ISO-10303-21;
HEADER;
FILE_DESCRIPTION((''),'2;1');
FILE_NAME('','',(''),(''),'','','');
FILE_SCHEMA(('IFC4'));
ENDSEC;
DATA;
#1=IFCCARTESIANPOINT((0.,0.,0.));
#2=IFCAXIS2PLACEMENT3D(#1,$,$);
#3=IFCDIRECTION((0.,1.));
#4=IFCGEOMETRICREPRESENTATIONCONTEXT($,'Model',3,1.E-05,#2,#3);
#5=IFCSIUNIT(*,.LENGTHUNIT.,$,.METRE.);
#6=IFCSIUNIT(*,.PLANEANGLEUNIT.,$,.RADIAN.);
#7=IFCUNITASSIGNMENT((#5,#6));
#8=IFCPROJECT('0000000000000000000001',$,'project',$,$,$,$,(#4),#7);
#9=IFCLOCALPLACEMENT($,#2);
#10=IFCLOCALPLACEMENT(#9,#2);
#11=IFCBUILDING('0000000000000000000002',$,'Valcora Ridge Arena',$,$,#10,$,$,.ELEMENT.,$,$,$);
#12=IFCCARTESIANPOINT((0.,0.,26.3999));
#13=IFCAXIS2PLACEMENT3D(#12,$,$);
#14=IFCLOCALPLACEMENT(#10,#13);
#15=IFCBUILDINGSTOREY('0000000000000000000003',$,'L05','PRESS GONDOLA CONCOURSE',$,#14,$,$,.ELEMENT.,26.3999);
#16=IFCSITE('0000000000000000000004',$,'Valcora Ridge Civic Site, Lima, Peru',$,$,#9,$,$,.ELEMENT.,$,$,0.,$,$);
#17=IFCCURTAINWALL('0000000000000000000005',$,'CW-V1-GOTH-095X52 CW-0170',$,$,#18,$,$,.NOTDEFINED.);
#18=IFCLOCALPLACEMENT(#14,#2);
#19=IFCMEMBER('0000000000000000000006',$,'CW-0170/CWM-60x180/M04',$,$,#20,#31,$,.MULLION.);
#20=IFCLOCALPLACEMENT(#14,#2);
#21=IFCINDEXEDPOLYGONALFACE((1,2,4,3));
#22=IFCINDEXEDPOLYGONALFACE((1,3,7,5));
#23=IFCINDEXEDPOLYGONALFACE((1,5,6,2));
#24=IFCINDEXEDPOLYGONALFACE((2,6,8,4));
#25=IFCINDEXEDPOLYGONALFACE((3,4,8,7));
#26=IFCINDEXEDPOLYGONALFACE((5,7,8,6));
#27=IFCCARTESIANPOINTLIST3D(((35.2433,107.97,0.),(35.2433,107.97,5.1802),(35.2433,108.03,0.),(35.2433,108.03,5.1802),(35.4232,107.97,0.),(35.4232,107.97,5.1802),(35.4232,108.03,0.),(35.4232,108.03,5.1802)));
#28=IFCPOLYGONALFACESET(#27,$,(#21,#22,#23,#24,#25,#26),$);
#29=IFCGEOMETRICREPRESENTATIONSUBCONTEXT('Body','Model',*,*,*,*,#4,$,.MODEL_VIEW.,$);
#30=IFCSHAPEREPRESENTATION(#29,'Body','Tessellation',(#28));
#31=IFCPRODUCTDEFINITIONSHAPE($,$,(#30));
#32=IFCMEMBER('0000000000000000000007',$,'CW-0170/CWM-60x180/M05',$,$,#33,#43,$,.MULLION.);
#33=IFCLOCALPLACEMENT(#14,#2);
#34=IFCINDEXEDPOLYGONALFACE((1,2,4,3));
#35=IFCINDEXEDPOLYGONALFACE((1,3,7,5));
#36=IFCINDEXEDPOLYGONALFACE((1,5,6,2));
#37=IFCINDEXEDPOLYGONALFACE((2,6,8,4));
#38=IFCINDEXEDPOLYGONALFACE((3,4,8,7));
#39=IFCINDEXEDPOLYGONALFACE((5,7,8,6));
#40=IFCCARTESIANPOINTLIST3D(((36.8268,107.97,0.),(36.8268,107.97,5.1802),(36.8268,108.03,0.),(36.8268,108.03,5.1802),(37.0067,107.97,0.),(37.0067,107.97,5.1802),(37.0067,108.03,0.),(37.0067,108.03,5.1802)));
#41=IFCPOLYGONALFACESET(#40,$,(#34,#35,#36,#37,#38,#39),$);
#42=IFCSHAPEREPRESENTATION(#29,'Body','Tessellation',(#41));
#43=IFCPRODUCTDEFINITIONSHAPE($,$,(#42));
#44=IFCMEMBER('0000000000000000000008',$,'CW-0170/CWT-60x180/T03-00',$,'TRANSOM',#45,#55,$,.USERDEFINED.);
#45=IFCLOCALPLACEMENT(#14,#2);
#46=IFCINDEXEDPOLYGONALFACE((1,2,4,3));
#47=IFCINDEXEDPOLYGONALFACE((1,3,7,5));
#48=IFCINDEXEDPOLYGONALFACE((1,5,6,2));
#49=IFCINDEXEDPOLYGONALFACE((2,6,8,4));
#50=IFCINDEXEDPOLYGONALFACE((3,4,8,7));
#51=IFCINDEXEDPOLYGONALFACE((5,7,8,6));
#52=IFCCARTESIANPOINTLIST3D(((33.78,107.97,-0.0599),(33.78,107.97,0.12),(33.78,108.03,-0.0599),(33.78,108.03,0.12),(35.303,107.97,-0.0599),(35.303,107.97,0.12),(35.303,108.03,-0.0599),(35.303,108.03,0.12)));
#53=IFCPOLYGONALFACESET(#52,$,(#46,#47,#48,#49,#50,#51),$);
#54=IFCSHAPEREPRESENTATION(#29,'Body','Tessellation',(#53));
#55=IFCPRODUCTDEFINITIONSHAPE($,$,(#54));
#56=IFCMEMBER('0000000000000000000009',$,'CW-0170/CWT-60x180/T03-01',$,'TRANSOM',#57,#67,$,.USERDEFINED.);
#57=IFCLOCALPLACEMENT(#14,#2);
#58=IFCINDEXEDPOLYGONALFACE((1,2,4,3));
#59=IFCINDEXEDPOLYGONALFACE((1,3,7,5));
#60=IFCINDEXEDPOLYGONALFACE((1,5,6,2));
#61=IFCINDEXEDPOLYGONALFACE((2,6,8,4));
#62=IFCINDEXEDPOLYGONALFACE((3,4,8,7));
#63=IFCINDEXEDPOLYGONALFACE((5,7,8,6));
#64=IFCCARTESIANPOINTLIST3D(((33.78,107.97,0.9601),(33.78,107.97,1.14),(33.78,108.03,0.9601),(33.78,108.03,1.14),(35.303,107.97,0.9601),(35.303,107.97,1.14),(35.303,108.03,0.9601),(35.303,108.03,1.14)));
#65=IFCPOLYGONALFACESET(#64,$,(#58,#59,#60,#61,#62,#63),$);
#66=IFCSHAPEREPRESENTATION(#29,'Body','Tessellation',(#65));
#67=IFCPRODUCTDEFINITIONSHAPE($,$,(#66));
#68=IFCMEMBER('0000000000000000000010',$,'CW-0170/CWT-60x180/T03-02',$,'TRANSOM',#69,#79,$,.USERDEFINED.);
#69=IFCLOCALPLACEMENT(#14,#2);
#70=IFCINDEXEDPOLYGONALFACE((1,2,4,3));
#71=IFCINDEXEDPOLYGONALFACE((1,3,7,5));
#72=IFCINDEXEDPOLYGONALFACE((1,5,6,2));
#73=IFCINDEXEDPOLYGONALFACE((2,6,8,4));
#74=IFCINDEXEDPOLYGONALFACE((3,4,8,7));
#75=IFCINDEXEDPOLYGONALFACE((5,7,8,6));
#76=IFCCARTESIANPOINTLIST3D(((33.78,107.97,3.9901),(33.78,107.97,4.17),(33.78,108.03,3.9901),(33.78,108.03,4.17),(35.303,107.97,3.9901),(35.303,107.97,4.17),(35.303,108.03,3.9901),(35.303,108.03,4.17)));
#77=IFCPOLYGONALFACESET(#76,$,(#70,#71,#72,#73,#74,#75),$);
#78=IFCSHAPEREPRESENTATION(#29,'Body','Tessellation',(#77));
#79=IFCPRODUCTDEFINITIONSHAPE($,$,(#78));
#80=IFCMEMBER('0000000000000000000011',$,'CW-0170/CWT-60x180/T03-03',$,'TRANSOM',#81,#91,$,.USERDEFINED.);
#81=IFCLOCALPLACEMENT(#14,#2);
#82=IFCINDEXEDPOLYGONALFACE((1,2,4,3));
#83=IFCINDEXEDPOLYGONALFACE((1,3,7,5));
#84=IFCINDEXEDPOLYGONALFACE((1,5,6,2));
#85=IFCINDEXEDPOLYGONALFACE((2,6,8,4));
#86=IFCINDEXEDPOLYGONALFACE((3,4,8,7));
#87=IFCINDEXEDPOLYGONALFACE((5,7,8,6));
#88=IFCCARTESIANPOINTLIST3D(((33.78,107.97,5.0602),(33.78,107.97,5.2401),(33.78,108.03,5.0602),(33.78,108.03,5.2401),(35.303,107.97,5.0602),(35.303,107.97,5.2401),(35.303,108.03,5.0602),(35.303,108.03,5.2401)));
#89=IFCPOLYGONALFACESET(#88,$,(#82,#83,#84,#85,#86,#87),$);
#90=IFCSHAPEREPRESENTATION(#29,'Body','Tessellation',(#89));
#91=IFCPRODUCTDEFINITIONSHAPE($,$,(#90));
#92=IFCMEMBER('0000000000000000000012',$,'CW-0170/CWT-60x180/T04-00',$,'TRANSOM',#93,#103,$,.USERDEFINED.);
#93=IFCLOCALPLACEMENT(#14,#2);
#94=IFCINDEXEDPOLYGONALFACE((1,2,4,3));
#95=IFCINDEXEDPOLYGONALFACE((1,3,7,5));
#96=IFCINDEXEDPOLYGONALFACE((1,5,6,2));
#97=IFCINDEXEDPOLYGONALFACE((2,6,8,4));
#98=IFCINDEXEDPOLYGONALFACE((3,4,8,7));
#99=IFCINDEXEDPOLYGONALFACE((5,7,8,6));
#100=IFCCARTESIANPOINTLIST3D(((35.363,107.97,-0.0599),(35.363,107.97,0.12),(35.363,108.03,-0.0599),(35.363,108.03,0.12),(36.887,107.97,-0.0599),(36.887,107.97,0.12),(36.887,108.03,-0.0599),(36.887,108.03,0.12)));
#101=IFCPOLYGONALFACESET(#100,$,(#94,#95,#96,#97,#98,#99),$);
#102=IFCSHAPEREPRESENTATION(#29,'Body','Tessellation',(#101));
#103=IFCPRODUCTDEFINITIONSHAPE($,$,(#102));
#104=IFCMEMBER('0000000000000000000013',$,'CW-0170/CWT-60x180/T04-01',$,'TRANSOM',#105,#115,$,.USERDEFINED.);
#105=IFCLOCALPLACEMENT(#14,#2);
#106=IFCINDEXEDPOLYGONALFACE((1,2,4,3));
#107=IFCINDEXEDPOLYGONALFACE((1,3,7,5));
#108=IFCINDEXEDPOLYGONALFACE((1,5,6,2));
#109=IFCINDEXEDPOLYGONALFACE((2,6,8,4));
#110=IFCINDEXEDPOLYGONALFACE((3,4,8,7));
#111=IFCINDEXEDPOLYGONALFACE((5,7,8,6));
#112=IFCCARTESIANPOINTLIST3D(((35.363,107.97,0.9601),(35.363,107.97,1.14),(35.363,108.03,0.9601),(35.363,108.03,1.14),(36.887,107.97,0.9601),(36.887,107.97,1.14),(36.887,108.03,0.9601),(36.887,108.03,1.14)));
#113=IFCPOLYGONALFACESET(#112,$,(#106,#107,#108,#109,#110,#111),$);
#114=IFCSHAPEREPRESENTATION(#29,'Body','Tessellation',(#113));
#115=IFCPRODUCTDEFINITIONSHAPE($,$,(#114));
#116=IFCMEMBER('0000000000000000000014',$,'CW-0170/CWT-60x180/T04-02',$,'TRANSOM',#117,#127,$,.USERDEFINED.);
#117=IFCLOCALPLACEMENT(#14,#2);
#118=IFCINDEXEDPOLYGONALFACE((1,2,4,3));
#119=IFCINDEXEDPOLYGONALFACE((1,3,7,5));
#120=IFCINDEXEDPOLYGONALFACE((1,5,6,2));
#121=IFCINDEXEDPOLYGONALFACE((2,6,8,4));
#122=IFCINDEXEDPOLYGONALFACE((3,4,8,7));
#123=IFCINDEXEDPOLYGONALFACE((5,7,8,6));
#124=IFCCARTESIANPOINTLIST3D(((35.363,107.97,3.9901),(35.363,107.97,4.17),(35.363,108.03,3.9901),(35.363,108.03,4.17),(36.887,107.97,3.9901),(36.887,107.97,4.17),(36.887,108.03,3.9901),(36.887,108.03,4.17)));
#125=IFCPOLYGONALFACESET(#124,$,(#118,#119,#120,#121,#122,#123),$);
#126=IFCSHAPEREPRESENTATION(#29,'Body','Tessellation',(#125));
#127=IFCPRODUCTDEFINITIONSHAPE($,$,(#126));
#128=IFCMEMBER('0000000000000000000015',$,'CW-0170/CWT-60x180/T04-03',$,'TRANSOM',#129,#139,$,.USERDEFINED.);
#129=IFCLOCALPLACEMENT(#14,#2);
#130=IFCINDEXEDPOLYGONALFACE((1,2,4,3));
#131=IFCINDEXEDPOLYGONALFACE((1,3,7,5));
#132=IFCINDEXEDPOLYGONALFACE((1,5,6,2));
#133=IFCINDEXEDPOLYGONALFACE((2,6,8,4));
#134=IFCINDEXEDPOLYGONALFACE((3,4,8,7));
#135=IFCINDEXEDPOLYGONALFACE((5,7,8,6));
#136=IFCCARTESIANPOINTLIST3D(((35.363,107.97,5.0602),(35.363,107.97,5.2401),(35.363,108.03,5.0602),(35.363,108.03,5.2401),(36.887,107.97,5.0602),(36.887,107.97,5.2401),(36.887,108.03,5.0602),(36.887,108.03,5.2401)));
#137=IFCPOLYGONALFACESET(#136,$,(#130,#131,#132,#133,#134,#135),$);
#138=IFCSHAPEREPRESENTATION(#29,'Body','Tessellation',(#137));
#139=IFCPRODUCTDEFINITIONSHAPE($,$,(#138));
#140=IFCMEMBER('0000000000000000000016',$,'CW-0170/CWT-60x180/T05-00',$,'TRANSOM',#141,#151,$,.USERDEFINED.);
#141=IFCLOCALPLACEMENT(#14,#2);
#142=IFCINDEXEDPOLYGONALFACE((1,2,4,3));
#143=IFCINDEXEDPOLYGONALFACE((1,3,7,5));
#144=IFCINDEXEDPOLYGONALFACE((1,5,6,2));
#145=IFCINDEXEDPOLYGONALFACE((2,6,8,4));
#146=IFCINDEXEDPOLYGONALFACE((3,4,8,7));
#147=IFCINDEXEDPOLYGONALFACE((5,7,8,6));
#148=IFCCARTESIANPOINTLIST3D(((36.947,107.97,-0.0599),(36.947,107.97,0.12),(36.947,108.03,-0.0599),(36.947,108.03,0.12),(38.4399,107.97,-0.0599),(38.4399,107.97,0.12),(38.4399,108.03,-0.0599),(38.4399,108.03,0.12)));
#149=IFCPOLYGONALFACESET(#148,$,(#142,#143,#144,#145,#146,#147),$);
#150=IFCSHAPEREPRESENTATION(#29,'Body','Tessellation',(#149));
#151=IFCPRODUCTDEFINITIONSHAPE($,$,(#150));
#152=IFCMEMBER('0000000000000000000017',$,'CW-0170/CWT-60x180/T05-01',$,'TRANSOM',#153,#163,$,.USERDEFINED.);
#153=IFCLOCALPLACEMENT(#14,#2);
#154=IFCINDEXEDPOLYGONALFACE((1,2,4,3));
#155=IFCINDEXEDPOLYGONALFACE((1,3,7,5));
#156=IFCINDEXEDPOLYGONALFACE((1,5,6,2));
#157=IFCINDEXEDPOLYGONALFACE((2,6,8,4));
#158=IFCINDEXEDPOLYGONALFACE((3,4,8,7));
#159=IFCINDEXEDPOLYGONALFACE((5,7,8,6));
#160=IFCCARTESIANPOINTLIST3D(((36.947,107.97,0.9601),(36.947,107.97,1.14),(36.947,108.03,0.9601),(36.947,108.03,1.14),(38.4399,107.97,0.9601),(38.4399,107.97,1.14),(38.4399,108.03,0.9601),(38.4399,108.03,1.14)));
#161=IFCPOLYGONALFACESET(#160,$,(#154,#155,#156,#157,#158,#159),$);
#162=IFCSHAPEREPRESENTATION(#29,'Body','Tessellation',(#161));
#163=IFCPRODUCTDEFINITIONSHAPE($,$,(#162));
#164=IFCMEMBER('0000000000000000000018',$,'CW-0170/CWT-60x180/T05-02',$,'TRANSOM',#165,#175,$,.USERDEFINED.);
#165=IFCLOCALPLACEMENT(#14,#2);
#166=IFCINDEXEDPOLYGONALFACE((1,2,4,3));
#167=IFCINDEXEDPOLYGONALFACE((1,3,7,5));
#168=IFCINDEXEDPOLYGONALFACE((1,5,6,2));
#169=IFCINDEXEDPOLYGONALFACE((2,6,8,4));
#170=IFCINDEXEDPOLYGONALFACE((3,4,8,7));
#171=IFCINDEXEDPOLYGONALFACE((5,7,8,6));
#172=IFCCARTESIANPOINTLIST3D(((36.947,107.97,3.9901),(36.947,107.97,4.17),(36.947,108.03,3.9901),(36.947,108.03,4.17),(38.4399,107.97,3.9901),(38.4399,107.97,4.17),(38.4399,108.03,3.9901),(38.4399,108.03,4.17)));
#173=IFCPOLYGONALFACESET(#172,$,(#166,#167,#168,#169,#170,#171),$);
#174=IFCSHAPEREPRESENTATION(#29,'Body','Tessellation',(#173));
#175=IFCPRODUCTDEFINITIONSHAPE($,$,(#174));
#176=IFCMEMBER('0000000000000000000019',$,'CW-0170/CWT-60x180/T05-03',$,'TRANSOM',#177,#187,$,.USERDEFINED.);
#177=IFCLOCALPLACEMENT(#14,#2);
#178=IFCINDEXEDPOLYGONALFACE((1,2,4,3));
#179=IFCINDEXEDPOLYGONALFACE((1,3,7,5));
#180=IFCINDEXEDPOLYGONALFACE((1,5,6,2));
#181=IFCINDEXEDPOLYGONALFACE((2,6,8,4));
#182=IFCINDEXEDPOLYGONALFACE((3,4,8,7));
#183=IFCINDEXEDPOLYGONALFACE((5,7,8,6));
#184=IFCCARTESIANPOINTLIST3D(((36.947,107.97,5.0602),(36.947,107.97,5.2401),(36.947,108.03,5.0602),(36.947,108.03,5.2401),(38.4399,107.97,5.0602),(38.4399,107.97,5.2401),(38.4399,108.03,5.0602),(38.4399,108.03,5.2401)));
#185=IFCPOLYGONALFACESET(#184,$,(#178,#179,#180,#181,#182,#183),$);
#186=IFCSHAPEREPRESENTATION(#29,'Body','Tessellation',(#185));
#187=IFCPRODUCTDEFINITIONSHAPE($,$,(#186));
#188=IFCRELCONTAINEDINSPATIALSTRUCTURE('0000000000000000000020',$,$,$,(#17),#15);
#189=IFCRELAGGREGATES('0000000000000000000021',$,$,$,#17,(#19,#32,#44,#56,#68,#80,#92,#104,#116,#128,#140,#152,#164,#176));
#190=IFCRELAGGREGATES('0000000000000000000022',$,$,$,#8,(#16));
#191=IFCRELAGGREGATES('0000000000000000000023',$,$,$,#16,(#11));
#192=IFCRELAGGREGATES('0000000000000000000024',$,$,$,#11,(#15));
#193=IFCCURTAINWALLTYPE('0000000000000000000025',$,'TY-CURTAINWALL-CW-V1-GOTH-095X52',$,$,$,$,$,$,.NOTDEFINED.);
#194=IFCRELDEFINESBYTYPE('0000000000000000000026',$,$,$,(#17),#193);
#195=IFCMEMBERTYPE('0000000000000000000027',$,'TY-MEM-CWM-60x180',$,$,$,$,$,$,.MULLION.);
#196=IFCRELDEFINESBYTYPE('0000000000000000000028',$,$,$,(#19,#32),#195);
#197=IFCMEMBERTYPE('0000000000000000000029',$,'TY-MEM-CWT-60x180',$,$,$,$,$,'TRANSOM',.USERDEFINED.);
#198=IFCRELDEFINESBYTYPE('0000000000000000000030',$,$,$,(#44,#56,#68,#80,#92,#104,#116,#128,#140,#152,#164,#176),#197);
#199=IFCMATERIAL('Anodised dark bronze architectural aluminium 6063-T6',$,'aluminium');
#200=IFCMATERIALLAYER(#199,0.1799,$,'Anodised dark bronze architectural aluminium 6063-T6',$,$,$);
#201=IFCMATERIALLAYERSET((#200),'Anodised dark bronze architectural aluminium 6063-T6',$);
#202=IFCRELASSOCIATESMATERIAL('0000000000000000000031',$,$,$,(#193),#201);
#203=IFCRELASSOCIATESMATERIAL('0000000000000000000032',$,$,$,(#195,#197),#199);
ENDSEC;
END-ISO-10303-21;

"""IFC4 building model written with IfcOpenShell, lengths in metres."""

from ifc_helpers import new_model, si_unit, direction, frame, origin, origin_2d, place, context, subcontext, project, spatial, rectangle, extrude, material, layer, layer_set, material_profile, profile_set, type_object, element, aggregate, save


model = new_model("IFC4")

# Units and contexts
model_context = context("Model", 3, precision=1e-05, world=origin(), true_north=direction((0.0, 1.0)))
body_context = subcontext(model_context, "Body", "Model", "MODEL_VIEW")
ifc_project = project(units=[si_unit("LENGTHUNIT", "METRE"), si_unit("PLANEANGLEUNIT", "RADIAN")], contexts=[model_context])

# Site, building, storey
site_placement = place(None, origin())
site = spatial("IfcSite", under=ifc_project, at=site_placement, Name="Valcora Ridge Civic Site, Lima, Peru", CompositionType="ELEMENT", RefElevation=0.0)
building_placement = place(site_placement, origin())
building = spatial("IfcBuilding", under=site, at=building_placement, Name="Valcora Ridge Arena", CompositionType="ELEMENT")
storey_placement = place(building_placement, frame((0.0, 0.0, 26.3999)))
storey = spatial("IfcBuildingStorey", under=building, at=storey_placement, Name="L05", Description="PRESS GONDOLA CONCOURSE", CompositionType="ELEMENT", Elevation=26.3999)

# Curtain wall, members
ifc_material_1 = material(Name="Anodised dark bronze architectural aluminium 6063-T6", Category="aluminium")
ifc_layer_1 = layer(ifc_material_1, 0.1799, Name="Anodised dark bronze architectural aluminium 6063-T6")
ifc_layer_set_1 = layer_set([ifc_layer_1], Name="Anodised dark bronze architectural aluminium 6063-T6")
curtain_wall_type = type_object("IfcCurtainWallType", Name="TY-CURTAINWALL-CW-V1-GOTH-095X52", PredefinedType="NOTDEFINED", material=ifc_layer_set_1)
curtain_wall_placement = place(storey_placement, origin())
curtain_wall = element("IfcCurtainWall", 1, at=curtain_wall_placement, inside=storey, type_object=curtain_wall_type, Name="CW-V1-GOTH-095X52 CW-0170", PredefinedType="NOTDEFINED")
ifc_material_profile_1 = material_profile(ifc_material_1, rectangle(XDim=0.0601, YDim=0.1799, at=origin_2d()), Name="ALU MULLION 60x180")
ifc_profile_set_1 = profile_set([ifc_material_profile_1], Name="Anodised dark bronze architectural aluminium 6063-T6")
member_type_1 = type_object("IfcMemberType", Name="TY-MEM-CWM-60x180", PredefinedType="MULLION", material=ifc_profile_set_1)
member_1_placement = place(storey_placement, frame((35.3333, 108.0, 0.0), z_axis=(0.0, 0.0, 1.0), x_axis=(0.0, 1.0, 0.0)))
member_1 = element("IfcMember", 2, at=member_1_placement, type_object=member_type_1, Name="CW-0170/CWM-60x180/M04", PredefinedType="MULLION", context=body_context, shape_type="SweptSolid", body=[
    extrude(rectangle(XDim=0.0601, YDim=0.1799, at=origin_2d()), origin(), (0.0, 0.0, 1.0), 5.1802),
])
member_2_placement = place(storey_placement, frame((36.9167, 108.0, 0.0), z_axis=(0.0, 0.0, 1.0), x_axis=(0.0, 1.0, 0.0)))
member_2 = element("IfcMember", 3, at=member_2_placement, type_object=member_type_1, Name="CW-0170/CWM-60x180/M05", PredefinedType="MULLION", context=body_context, shape_type="SweptSolid", body=[
    extrude(rectangle(XDim=0.0601, YDim=0.1799, at=origin_2d()), origin(), (0.0, 0.0, 1.0), 5.1802),
])
ifc_material_profile_2 = material_profile(ifc_material_1, rectangle(XDim=0.0601, YDim=0.1799, at=origin_2d()), Name="ALU TRANSOM 60x180")
ifc_profile_set_2 = profile_set([ifc_material_profile_2], Name="Anodised dark bronze architectural aluminium 6063-T6")
member_type_2 = type_object("IfcMemberType", Name="TY-MEM-CWT-60x180", ElementType="TRANSOM", PredefinedType="USERDEFINED", material=ifc_profile_set_2)
member_3_placement = place(storey_placement, frame((33.78, 108.0, 0.03), z_axis=(1.0, 0.0, 0.0), x_axis=(0.0, 1.0, 0.0)))
member_3 = element("IfcMember", 4, at=member_3_placement, type_object=member_type_2, Name="CW-0170/CWT-60x180/T03-00", ObjectType="TRANSOM", PredefinedType="USERDEFINED", context=body_context, shape_type="SweptSolid", body=[
    extrude(rectangle(XDim=0.0601, YDim=0.1799, at=origin_2d()), origin(), (0.0, 0.0, 1.0), 1.5229),
])
member_4_placement = place(storey_placement, frame((33.78, 108.0, 1.05), z_axis=(1.0, 0.0, 0.0), x_axis=(0.0, 1.0, 0.0)))
member_4 = element("IfcMember", 5, at=member_4_placement, type_object=member_type_2, Name="CW-0170/CWT-60x180/T03-01", ObjectType="TRANSOM", PredefinedType="USERDEFINED", context=body_context, shape_type="SweptSolid", body=[
    extrude(rectangle(XDim=0.0601, YDim=0.1799, at=origin_2d()), origin(), (0.0, 0.0, 1.0), 1.5229),
])
member_5_placement = place(storey_placement, frame((33.78, 108.0, 4.0801), z_axis=(1.0, 0.0, 0.0), x_axis=(0.0, 1.0, 0.0)))
member_5 = element("IfcMember", 6, at=member_5_placement, type_object=member_type_2, Name="CW-0170/CWT-60x180/T03-02", ObjectType="TRANSOM", PredefinedType="USERDEFINED", context=body_context, shape_type="SweptSolid", body=[
    extrude(rectangle(XDim=0.0601, YDim=0.1799, at=origin_2d()), origin(), (0.0, 0.0, 1.0), 1.5229),
])
member_6_placement = place(storey_placement, frame((33.78, 108.0, 5.1501), z_axis=(1.0, 0.0, 0.0), x_axis=(0.0, 1.0, 0.0)))
member_6 = element("IfcMember", 7, at=member_6_placement, type_object=member_type_2, Name="CW-0170/CWT-60x180/T03-03", ObjectType="TRANSOM", PredefinedType="USERDEFINED", context=body_context, shape_type="SweptSolid", body=[
    extrude(rectangle(XDim=0.0601, YDim=0.1799, at=origin_2d()), origin(), (0.0, 0.0, 1.0), 1.5229),
])
member_7_placement = place(storey_placement, frame((35.363, 108.0, 0.03), z_axis=(1.0, 0.0, 0.0), x_axis=(0.0, 1.0, 0.0)))
member_7 = element("IfcMember", 8, at=member_7_placement, type_object=member_type_2, Name="CW-0170/CWT-60x180/T04-00", ObjectType="TRANSOM", PredefinedType="USERDEFINED", context=body_context, shape_type="SweptSolid", body=[
    extrude(rectangle(XDim=0.0601, YDim=0.1799, at=origin_2d()), origin(), (0.0, 0.0, 1.0), 1.5239),
])
member_8_placement = place(storey_placement, frame((35.363, 108.0, 1.05), z_axis=(1.0, 0.0, 0.0), x_axis=(0.0, 1.0, 0.0)))
member_8 = element("IfcMember", 9, at=member_8_placement, type_object=member_type_2, Name="CW-0170/CWT-60x180/T04-01", ObjectType="TRANSOM", PredefinedType="USERDEFINED", context=body_context, shape_type="SweptSolid", body=[
    extrude(rectangle(XDim=0.0601, YDim=0.1799, at=origin_2d()), origin(), (0.0, 0.0, 1.0), 1.5239),
])
member_9_placement = place(storey_placement, frame((35.363, 108.0, 4.0801), z_axis=(1.0, 0.0, 0.0), x_axis=(0.0, 1.0, 0.0)))
member_9 = element("IfcMember", 10, at=member_9_placement, type_object=member_type_2, Name="CW-0170/CWT-60x180/T04-02", ObjectType="TRANSOM", PredefinedType="USERDEFINED", context=body_context, shape_type="SweptSolid", body=[
    extrude(rectangle(XDim=0.0601, YDim=0.1799, at=origin_2d()), origin(), (0.0, 0.0, 1.0), 1.5239),
])
member_10_placement = place(storey_placement, frame((35.363, 108.0, 5.1501), z_axis=(1.0, 0.0, 0.0), x_axis=(0.0, 1.0, 0.0)))
member_10 = element("IfcMember", 11, at=member_10_placement, type_object=member_type_2, Name="CW-0170/CWT-60x180/T04-03", ObjectType="TRANSOM", PredefinedType="USERDEFINED", context=body_context, shape_type="SweptSolid", body=[
    extrude(rectangle(XDim=0.0601, YDim=0.1799, at=origin_2d()), origin(), (0.0, 0.0, 1.0), 1.5239),
])
member_11_placement = place(storey_placement, frame((36.947, 108.0, 0.03), z_axis=(1.0, 0.0, 0.0), x_axis=(0.0, 1.0, 0.0)))
member_11 = element("IfcMember", 12, at=member_11_placement, type_object=member_type_2, Name="CW-0170/CWT-60x180/T05-00", ObjectType="TRANSOM", PredefinedType="USERDEFINED", context=body_context, shape_type="SweptSolid", body=[
    extrude(rectangle(XDim=0.0601, YDim=0.1799, at=origin_2d()), origin(), (0.0, 0.0, 1.0), 1.4929),
])
member_12_placement = place(storey_placement, frame((36.947, 108.0, 1.05), z_axis=(1.0, 0.0, 0.0), x_axis=(0.0, 1.0, 0.0)))
member_12 = element("IfcMember", 13, at=member_12_placement, type_object=member_type_2, Name="CW-0170/CWT-60x180/T05-01", ObjectType="TRANSOM", PredefinedType="USERDEFINED", context=body_context, shape_type="SweptSolid", body=[
    extrude(rectangle(XDim=0.0601, YDim=0.1799, at=origin_2d()), origin(), (0.0, 0.0, 1.0), 1.4929),
])
member_13_placement = place(storey_placement, frame((36.947, 108.0, 4.0801), z_axis=(1.0, 0.0, 0.0), x_axis=(0.0, 1.0, 0.0)))
member_13 = element("IfcMember", 14, at=member_13_placement, type_object=member_type_2, Name="CW-0170/CWT-60x180/T05-02", ObjectType="TRANSOM", PredefinedType="USERDEFINED", context=body_context, shape_type="SweptSolid", body=[
    extrude(rectangle(XDim=0.0601, YDim=0.1799, at=origin_2d()), origin(), (0.0, 0.0, 1.0), 1.4929),
])
member_14_placement = place(storey_placement, frame((36.947, 108.0, 5.1501), z_axis=(1.0, 0.0, 0.0), x_axis=(0.0, 1.0, 0.0)))
member_14 = element("IfcMember", 15, at=member_14_placement, type_object=member_type_2, Name="CW-0170/CWT-60x180/T05-03", ObjectType="TRANSOM", PredefinedType="USERDEFINED", context=body_context, shape_type="SweptSolid", body=[
    extrude(rectangle(XDim=0.0601, YDim=0.1799, at=origin_2d()), origin(), (0.0, 0.0, 1.0), 1.4929),
])

aggregate(curtain_wall, [member_1, member_2, member_3, member_4, member_5, member_6, member_7, member_8, member_9, member_10, member_11, member_12, member_13, member_14])

save(model, "model.ifc")
